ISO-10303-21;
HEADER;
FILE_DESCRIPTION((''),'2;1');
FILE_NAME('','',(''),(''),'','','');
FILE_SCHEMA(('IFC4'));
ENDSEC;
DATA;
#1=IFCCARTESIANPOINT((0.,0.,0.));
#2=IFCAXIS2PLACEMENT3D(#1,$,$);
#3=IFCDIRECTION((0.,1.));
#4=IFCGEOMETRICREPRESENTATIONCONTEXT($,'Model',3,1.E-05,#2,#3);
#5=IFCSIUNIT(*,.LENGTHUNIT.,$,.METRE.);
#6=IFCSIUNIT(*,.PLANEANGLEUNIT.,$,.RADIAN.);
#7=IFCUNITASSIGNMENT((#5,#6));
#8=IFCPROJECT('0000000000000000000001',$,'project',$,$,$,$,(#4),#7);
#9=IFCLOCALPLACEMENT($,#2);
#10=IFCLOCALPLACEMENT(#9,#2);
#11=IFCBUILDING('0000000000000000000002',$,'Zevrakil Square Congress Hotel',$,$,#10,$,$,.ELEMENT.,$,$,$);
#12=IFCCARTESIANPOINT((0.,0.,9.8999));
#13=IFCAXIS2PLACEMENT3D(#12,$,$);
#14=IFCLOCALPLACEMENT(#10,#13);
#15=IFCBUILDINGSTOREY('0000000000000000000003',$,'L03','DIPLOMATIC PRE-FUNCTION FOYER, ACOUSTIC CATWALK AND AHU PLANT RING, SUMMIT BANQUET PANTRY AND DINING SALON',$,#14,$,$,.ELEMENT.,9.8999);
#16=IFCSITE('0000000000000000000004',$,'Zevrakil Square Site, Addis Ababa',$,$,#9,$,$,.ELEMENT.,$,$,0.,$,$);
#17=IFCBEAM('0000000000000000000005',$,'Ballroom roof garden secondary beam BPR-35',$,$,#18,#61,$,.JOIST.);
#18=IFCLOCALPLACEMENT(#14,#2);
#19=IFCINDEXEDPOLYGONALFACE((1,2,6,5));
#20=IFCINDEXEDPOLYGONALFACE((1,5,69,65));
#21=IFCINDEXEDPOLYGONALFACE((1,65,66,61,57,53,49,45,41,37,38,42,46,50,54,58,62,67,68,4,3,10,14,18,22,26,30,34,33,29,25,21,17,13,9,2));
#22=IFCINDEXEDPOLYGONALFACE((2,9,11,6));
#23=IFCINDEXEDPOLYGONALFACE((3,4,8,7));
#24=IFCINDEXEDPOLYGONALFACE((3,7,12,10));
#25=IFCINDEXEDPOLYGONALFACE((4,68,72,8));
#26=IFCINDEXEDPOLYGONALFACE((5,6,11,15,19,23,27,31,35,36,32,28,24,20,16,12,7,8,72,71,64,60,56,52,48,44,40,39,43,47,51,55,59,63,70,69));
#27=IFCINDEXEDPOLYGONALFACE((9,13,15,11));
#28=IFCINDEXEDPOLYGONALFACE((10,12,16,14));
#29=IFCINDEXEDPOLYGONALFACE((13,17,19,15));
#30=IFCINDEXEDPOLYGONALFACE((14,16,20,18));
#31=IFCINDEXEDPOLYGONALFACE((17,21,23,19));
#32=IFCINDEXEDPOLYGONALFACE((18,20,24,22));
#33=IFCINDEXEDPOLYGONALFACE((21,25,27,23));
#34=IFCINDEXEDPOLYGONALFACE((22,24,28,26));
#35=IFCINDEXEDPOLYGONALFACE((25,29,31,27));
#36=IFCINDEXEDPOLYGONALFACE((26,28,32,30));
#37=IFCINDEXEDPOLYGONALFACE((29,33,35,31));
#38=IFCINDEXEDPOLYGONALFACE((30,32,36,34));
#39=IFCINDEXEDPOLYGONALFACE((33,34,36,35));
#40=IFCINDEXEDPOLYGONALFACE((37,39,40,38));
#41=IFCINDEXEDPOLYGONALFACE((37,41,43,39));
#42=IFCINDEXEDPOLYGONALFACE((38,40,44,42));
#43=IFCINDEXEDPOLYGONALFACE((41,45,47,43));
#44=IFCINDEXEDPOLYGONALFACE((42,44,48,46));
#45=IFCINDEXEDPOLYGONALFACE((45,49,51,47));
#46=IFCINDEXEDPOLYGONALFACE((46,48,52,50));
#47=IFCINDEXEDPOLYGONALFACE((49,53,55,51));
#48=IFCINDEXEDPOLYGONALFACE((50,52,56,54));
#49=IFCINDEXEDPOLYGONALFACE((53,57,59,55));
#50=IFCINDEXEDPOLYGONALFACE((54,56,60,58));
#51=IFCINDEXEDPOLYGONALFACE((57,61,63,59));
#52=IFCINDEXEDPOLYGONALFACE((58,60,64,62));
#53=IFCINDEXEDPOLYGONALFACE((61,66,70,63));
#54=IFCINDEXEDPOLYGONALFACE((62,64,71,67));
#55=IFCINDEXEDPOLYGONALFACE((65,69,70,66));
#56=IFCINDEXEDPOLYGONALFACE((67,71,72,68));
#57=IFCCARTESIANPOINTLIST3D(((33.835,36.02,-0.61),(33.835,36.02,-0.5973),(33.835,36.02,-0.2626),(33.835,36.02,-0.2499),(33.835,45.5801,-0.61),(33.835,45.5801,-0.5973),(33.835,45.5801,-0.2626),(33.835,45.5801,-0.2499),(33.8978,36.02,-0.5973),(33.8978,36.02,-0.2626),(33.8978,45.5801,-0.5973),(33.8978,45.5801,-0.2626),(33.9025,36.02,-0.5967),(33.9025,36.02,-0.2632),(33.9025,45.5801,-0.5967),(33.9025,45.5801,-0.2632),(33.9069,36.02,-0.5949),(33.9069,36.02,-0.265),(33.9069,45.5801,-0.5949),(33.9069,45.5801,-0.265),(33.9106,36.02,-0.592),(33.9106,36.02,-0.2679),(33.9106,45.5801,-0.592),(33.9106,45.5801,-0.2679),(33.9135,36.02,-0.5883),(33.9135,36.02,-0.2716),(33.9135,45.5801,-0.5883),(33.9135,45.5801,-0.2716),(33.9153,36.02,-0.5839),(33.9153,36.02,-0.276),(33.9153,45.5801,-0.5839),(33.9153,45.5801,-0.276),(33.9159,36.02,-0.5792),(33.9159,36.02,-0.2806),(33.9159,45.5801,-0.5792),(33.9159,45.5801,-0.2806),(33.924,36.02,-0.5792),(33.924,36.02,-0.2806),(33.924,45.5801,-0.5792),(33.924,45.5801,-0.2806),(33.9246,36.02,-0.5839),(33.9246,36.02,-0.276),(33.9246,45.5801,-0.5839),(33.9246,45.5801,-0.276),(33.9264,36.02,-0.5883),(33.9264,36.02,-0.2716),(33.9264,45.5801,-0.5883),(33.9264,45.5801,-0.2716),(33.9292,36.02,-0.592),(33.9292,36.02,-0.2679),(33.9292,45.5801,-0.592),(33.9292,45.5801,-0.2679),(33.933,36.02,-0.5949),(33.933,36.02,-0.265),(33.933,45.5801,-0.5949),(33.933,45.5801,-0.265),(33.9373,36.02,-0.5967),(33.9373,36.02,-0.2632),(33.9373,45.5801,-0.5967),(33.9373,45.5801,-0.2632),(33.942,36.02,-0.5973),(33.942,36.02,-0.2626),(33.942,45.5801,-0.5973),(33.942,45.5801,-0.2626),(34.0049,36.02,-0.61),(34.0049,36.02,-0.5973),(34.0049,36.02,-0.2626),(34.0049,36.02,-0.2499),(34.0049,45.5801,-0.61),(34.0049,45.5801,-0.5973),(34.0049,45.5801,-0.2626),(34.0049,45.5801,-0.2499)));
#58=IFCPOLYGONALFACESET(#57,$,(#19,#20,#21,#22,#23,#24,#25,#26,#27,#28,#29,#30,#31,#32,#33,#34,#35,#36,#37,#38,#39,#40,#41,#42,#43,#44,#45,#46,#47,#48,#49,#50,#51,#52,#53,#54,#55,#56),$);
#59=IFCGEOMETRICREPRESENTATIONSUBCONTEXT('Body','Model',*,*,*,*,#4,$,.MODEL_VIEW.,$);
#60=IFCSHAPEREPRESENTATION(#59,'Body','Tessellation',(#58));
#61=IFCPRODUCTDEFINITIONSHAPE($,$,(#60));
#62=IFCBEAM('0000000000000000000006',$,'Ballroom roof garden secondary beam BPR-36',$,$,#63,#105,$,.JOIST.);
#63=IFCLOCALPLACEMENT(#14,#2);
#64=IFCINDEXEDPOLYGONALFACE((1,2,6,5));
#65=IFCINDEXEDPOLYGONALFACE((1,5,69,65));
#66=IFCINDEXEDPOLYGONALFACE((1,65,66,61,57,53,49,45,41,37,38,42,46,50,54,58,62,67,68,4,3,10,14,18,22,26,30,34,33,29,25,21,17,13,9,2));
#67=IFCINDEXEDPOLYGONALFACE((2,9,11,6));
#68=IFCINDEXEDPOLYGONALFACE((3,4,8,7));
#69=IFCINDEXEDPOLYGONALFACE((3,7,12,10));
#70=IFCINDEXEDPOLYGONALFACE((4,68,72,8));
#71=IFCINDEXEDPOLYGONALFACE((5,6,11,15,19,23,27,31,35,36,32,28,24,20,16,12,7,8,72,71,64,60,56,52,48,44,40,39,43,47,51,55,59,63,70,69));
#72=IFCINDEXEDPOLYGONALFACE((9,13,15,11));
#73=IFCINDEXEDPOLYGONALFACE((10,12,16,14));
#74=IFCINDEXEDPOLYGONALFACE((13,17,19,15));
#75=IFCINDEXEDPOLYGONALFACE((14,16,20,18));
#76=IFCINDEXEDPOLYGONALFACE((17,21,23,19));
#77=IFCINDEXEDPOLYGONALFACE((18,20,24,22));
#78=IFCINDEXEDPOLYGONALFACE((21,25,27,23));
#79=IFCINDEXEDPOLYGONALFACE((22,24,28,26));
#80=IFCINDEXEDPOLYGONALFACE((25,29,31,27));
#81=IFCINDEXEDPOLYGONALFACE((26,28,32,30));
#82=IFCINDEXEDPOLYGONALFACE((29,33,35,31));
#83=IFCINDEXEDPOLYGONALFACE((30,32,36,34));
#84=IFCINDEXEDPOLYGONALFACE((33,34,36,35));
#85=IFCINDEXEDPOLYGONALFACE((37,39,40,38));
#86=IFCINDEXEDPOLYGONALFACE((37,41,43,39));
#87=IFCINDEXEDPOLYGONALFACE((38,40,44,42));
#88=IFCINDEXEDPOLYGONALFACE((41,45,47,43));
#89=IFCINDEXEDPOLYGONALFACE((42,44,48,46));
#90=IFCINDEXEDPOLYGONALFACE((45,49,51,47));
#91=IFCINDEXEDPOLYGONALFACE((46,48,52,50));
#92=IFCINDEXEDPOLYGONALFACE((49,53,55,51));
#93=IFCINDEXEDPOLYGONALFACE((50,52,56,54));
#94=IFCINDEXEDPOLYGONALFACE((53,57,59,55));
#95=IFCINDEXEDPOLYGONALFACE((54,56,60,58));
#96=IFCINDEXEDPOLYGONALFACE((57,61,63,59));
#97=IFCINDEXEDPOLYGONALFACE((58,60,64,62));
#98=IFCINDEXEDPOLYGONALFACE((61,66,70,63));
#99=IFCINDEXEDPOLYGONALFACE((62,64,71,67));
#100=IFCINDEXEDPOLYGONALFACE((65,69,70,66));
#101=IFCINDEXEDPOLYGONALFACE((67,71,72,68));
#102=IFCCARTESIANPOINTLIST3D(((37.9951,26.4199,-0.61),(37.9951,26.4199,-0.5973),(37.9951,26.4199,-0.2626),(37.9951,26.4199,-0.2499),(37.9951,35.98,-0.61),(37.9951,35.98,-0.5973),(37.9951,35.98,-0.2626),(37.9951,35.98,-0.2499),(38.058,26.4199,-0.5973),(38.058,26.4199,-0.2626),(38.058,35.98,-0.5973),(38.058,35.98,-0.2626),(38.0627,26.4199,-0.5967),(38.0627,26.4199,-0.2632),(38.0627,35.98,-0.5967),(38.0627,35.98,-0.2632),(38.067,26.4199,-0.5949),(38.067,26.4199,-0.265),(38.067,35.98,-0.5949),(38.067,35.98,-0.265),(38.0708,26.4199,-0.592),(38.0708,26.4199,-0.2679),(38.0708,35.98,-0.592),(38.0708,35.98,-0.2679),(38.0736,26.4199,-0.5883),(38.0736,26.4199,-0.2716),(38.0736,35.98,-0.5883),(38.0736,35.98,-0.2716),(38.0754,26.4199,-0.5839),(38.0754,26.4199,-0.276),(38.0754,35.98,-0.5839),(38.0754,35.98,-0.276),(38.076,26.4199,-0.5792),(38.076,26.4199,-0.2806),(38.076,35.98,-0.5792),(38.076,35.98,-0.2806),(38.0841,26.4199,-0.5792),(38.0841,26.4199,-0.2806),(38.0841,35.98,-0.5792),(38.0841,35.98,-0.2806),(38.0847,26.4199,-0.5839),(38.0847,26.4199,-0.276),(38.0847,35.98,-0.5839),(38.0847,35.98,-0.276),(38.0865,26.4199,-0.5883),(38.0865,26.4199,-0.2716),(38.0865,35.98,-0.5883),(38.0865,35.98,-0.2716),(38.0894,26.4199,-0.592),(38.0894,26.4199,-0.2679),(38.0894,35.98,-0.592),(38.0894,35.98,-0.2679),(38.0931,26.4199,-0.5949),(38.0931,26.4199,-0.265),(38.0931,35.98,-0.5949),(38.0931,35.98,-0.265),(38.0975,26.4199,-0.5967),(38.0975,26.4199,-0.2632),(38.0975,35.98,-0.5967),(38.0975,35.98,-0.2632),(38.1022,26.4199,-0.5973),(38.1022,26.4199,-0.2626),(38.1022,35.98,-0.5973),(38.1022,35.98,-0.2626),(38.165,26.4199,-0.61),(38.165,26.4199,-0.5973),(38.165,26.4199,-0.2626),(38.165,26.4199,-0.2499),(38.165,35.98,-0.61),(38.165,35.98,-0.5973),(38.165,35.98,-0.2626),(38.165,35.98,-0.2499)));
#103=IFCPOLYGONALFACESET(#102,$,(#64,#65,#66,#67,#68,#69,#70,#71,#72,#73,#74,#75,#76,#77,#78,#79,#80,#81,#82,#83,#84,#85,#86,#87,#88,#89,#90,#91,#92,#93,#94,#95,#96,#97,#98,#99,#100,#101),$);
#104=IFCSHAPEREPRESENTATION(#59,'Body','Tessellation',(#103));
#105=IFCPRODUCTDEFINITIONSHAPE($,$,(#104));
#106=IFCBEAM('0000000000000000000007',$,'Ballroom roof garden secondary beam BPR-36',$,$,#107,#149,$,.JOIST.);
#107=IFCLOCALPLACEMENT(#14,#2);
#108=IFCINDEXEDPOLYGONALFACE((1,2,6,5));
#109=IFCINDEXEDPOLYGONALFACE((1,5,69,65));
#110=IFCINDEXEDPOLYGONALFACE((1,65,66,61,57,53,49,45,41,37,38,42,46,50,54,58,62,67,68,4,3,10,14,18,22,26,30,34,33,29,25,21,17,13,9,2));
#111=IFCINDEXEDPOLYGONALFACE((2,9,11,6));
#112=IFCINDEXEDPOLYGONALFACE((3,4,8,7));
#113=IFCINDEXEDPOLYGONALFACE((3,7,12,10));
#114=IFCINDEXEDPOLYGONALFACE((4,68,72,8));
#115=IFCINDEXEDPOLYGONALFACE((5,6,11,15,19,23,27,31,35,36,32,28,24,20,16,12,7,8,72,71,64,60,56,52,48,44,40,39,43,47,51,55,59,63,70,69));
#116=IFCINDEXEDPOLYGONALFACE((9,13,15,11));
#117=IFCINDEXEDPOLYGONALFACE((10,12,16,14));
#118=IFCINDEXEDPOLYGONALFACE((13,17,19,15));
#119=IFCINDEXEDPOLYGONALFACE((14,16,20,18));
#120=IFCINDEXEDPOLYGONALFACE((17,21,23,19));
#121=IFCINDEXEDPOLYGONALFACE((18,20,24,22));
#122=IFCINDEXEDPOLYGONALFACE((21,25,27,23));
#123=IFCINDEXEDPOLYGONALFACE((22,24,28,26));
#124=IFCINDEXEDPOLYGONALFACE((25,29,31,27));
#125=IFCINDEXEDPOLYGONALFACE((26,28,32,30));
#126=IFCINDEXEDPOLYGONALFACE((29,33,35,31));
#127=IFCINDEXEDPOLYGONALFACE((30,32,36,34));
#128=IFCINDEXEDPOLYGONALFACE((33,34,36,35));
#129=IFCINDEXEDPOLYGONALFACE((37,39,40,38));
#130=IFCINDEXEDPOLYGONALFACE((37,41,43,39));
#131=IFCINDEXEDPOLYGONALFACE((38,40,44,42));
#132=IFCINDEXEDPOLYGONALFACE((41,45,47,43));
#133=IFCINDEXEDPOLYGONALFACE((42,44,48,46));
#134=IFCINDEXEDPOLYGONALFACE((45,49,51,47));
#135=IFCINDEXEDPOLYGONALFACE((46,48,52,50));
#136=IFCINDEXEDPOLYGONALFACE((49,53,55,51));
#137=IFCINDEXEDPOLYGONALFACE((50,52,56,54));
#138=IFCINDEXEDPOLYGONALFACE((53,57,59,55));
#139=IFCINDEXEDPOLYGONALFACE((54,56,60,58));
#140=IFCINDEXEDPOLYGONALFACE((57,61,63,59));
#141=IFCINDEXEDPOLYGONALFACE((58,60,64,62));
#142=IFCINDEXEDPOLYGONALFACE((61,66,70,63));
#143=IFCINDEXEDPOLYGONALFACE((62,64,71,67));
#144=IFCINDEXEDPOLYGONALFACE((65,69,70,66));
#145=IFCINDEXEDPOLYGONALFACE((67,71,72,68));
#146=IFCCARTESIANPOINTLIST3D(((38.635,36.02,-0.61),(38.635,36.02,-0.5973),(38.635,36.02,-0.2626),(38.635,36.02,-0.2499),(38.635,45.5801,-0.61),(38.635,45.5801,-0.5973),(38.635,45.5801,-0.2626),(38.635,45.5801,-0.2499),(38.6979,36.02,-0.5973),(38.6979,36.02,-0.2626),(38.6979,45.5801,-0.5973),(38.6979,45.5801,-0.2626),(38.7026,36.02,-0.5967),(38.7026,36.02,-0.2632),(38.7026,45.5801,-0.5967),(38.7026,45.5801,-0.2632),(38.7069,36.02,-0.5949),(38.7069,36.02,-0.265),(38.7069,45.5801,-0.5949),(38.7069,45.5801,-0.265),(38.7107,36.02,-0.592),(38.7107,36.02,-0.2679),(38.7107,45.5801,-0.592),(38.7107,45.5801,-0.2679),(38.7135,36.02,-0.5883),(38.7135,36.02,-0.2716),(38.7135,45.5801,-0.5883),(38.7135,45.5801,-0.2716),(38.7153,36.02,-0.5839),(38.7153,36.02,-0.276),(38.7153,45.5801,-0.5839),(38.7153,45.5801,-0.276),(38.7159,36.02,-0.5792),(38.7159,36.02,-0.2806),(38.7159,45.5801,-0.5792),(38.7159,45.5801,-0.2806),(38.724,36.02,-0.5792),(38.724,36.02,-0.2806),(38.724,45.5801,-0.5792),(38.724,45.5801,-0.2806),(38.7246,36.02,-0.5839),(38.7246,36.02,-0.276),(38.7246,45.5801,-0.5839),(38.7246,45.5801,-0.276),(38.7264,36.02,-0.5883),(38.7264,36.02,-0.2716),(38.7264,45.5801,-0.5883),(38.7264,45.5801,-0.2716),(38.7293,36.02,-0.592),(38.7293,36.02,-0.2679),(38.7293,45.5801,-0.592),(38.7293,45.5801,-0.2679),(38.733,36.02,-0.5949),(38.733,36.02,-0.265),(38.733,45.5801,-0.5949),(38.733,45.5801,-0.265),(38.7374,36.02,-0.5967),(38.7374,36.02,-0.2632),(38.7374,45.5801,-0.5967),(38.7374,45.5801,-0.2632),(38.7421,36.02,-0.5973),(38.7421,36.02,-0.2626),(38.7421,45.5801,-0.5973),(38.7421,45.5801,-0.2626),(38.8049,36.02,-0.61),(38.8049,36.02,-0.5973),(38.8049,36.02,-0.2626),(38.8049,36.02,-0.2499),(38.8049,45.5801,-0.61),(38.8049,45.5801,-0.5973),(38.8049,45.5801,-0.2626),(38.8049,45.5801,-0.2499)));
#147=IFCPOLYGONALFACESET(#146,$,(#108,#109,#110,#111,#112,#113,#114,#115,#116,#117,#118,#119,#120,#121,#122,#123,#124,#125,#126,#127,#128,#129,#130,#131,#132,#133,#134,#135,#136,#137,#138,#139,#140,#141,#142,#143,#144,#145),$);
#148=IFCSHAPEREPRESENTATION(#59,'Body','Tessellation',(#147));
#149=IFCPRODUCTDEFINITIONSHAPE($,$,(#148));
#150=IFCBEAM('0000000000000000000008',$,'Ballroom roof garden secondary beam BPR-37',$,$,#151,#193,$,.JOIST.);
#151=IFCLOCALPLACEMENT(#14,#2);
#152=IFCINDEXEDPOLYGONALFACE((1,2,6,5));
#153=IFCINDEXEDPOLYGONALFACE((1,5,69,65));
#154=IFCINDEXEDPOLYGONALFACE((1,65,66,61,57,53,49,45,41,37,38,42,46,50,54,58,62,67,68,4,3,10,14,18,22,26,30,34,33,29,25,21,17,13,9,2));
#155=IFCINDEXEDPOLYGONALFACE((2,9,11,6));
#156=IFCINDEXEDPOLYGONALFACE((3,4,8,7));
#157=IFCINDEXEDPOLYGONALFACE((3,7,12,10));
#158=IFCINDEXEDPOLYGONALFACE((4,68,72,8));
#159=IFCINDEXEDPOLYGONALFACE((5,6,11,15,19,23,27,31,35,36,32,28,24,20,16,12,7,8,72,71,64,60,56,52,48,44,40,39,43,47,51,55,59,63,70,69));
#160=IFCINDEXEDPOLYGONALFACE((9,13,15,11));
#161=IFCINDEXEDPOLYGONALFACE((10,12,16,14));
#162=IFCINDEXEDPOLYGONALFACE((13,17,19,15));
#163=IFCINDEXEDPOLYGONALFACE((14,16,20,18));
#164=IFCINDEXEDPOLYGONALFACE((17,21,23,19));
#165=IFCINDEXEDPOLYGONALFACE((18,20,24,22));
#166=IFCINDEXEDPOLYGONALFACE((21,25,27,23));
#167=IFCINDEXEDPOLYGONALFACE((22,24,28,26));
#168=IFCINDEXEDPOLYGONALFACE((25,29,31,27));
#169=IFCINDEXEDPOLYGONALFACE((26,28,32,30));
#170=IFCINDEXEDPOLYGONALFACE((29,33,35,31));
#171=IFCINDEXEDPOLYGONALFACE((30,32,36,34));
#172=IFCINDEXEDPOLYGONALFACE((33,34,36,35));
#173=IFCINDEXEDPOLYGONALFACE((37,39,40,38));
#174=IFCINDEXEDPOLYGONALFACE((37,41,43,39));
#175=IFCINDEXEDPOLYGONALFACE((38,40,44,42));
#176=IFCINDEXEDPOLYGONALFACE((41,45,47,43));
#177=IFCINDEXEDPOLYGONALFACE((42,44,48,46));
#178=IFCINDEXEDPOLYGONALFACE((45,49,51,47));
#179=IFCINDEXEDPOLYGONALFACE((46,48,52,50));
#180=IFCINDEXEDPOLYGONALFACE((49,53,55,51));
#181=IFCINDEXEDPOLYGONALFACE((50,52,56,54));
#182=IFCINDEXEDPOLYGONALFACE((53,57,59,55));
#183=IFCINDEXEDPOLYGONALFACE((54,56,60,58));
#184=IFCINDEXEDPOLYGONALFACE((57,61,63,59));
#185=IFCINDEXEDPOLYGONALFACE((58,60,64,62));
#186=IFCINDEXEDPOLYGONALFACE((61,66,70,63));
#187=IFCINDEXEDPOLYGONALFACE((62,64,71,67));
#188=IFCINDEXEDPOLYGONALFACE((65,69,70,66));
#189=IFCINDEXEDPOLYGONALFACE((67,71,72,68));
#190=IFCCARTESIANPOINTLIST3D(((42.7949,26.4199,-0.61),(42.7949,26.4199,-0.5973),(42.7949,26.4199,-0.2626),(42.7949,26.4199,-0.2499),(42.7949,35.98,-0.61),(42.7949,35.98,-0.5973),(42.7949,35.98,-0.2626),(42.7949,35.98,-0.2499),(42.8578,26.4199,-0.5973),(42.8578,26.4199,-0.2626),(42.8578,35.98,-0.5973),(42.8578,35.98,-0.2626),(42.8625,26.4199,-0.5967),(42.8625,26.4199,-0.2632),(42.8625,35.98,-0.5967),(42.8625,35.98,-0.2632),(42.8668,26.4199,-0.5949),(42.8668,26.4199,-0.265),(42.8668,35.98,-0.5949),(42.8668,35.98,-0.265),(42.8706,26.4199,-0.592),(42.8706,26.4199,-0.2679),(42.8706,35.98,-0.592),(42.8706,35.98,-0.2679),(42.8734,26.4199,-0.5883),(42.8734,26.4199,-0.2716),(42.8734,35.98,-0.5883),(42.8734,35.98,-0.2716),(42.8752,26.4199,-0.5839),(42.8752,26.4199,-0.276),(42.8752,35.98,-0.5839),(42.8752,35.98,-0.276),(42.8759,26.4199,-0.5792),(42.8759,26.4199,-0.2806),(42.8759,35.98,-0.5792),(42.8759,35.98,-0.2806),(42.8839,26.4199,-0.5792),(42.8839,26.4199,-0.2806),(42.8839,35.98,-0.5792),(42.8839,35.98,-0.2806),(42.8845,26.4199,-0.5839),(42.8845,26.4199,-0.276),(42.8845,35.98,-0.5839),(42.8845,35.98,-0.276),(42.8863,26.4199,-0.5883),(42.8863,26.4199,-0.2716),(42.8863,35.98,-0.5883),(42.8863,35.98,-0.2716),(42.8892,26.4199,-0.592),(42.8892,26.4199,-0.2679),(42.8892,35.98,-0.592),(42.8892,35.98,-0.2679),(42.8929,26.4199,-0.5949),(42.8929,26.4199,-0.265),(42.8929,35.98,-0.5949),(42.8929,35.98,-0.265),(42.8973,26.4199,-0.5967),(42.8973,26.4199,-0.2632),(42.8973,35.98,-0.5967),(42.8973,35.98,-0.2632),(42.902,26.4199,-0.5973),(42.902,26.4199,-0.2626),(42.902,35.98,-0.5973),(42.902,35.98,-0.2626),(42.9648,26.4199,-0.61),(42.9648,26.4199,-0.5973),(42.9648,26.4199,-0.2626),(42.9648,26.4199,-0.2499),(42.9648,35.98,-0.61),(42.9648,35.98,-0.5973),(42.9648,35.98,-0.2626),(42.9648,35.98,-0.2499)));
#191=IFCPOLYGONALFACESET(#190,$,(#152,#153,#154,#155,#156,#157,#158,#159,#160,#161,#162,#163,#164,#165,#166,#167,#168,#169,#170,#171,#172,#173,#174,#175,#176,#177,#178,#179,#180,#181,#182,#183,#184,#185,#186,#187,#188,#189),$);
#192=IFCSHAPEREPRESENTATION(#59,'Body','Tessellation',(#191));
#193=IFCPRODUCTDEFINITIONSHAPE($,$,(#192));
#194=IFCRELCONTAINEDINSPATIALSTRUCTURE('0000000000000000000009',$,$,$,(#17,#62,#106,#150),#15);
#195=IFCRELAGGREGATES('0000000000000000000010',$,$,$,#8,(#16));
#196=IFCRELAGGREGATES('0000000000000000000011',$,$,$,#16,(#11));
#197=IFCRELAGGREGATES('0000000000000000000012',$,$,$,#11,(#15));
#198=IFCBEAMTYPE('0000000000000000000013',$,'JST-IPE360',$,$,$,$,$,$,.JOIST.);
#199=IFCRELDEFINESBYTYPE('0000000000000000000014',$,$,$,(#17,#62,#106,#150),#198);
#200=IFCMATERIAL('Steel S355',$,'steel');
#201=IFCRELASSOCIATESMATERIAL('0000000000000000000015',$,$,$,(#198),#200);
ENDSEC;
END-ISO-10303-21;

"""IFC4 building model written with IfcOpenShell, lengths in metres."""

from ifc_helpers import new_model, si_unit, direction, frame, origin, origin_2d, place, context, subcontext, project, spatial, i_section, extrude, material, material_profile, profile_set, type_object, element, save


model = new_model("IFC4")

# Units and contexts
model_context = context("Model", 3, precision=1e-05, world=origin(), true_north=direction((0.0, 1.0)))
body_context = subcontext(model_context, "Body", "Model", "MODEL_VIEW")
ifc_project = project(units=[si_unit("LENGTHUNIT", "METRE"), si_unit("PLANEANGLEUNIT", "RADIAN")], contexts=[model_context])

# Site, building, storey
site_placement = place(None, origin())
site = spatial("IfcSite", under=ifc_project, at=site_placement, Name="Zevrakil Square Site, Addis Ababa", CompositionType="ELEMENT", RefElevation=0.0)
building_placement = place(site_placement, origin())
building = spatial("IfcBuilding", under=site, at=building_placement, Name="Zevrakil Square Congress Hotel", CompositionType="ELEMENT")
storey_placement = place(building_placement, frame((0.0, 0.0, 9.8999)))
storey = spatial("IfcBuildingStorey", under=building, at=storey_placement, Name="L03", Description="DIPLOMATIC PRE-FUNCTION FOYER, ACOUSTIC CATWALK AND AHU PLANT RING, SUMMIT BANQUET PANTRY AND DINING SALON", CompositionType="ELEMENT", Elevation=9.8999)

# Beams
ifc_material_1 = material(Name="Steel S355", Category="steel")
ifc_material_profile_1 = material_profile(ifc_material_1, i_section(OverallWidth=0.1699, OverallDepth=0.3601, WebThickness=0.0081, FlangeThickness=0.0127, FilletRadius=0.0181, at=origin_2d()), Name="IPE 360")
ifc_profile_set_1 = profile_set([ifc_material_profile_1], Name="Steel S355")
beam_type_1 = type_object("IfcBeamType", Name="JST-IPE360", PredefinedType="JOIST", material=ifc_profile_set_1)
for number, where, z_axis, x_axis, name in (
    (1, (33.9199, 36.02, -0.4299), (0.0, 1.0, 0.0), (-1.0, 0.0, 0.0), "Ballroom roof garden secondary beam BPR-35"),
    (2, (38.0801, 26.4199, -0.4299), (0.0, 1.0, 0.0), (-1.0, 0.0, 0.0), "Ballroom roof garden secondary beam BPR-36"),
    (3, (38.72, 36.02, -0.4299), (0.0, 1.0, 0.0), (-1.0, 0.0, 0.0), "Ballroom roof garden secondary beam BPR-36"),
    (4, (42.8799, 26.4199, -0.4299), (0.0, 1.0, 0.0), (-1.0, 0.0, 0.0), "Ballroom roof garden secondary beam BPR-37"),
):
    element("IfcBeam", number, at=place(storey_placement, frame(where, z_axis=z_axis, x_axis=x_axis)), inside=storey, type_object=beam_type_1, Name=name, PredefinedType="JOIST", context=body_context, shape_type="SweptSolid", body=[
        extrude(i_section(OverallWidth=0.1699, OverallDepth=0.3601, WebThickness=0.0081, FlangeThickness=0.0127, FilletRadius=0.0181, at=origin_2d()), origin(), (0.0, 0.0, 1.0), 9.5601),
    ])

save(model, "model.ifc")
